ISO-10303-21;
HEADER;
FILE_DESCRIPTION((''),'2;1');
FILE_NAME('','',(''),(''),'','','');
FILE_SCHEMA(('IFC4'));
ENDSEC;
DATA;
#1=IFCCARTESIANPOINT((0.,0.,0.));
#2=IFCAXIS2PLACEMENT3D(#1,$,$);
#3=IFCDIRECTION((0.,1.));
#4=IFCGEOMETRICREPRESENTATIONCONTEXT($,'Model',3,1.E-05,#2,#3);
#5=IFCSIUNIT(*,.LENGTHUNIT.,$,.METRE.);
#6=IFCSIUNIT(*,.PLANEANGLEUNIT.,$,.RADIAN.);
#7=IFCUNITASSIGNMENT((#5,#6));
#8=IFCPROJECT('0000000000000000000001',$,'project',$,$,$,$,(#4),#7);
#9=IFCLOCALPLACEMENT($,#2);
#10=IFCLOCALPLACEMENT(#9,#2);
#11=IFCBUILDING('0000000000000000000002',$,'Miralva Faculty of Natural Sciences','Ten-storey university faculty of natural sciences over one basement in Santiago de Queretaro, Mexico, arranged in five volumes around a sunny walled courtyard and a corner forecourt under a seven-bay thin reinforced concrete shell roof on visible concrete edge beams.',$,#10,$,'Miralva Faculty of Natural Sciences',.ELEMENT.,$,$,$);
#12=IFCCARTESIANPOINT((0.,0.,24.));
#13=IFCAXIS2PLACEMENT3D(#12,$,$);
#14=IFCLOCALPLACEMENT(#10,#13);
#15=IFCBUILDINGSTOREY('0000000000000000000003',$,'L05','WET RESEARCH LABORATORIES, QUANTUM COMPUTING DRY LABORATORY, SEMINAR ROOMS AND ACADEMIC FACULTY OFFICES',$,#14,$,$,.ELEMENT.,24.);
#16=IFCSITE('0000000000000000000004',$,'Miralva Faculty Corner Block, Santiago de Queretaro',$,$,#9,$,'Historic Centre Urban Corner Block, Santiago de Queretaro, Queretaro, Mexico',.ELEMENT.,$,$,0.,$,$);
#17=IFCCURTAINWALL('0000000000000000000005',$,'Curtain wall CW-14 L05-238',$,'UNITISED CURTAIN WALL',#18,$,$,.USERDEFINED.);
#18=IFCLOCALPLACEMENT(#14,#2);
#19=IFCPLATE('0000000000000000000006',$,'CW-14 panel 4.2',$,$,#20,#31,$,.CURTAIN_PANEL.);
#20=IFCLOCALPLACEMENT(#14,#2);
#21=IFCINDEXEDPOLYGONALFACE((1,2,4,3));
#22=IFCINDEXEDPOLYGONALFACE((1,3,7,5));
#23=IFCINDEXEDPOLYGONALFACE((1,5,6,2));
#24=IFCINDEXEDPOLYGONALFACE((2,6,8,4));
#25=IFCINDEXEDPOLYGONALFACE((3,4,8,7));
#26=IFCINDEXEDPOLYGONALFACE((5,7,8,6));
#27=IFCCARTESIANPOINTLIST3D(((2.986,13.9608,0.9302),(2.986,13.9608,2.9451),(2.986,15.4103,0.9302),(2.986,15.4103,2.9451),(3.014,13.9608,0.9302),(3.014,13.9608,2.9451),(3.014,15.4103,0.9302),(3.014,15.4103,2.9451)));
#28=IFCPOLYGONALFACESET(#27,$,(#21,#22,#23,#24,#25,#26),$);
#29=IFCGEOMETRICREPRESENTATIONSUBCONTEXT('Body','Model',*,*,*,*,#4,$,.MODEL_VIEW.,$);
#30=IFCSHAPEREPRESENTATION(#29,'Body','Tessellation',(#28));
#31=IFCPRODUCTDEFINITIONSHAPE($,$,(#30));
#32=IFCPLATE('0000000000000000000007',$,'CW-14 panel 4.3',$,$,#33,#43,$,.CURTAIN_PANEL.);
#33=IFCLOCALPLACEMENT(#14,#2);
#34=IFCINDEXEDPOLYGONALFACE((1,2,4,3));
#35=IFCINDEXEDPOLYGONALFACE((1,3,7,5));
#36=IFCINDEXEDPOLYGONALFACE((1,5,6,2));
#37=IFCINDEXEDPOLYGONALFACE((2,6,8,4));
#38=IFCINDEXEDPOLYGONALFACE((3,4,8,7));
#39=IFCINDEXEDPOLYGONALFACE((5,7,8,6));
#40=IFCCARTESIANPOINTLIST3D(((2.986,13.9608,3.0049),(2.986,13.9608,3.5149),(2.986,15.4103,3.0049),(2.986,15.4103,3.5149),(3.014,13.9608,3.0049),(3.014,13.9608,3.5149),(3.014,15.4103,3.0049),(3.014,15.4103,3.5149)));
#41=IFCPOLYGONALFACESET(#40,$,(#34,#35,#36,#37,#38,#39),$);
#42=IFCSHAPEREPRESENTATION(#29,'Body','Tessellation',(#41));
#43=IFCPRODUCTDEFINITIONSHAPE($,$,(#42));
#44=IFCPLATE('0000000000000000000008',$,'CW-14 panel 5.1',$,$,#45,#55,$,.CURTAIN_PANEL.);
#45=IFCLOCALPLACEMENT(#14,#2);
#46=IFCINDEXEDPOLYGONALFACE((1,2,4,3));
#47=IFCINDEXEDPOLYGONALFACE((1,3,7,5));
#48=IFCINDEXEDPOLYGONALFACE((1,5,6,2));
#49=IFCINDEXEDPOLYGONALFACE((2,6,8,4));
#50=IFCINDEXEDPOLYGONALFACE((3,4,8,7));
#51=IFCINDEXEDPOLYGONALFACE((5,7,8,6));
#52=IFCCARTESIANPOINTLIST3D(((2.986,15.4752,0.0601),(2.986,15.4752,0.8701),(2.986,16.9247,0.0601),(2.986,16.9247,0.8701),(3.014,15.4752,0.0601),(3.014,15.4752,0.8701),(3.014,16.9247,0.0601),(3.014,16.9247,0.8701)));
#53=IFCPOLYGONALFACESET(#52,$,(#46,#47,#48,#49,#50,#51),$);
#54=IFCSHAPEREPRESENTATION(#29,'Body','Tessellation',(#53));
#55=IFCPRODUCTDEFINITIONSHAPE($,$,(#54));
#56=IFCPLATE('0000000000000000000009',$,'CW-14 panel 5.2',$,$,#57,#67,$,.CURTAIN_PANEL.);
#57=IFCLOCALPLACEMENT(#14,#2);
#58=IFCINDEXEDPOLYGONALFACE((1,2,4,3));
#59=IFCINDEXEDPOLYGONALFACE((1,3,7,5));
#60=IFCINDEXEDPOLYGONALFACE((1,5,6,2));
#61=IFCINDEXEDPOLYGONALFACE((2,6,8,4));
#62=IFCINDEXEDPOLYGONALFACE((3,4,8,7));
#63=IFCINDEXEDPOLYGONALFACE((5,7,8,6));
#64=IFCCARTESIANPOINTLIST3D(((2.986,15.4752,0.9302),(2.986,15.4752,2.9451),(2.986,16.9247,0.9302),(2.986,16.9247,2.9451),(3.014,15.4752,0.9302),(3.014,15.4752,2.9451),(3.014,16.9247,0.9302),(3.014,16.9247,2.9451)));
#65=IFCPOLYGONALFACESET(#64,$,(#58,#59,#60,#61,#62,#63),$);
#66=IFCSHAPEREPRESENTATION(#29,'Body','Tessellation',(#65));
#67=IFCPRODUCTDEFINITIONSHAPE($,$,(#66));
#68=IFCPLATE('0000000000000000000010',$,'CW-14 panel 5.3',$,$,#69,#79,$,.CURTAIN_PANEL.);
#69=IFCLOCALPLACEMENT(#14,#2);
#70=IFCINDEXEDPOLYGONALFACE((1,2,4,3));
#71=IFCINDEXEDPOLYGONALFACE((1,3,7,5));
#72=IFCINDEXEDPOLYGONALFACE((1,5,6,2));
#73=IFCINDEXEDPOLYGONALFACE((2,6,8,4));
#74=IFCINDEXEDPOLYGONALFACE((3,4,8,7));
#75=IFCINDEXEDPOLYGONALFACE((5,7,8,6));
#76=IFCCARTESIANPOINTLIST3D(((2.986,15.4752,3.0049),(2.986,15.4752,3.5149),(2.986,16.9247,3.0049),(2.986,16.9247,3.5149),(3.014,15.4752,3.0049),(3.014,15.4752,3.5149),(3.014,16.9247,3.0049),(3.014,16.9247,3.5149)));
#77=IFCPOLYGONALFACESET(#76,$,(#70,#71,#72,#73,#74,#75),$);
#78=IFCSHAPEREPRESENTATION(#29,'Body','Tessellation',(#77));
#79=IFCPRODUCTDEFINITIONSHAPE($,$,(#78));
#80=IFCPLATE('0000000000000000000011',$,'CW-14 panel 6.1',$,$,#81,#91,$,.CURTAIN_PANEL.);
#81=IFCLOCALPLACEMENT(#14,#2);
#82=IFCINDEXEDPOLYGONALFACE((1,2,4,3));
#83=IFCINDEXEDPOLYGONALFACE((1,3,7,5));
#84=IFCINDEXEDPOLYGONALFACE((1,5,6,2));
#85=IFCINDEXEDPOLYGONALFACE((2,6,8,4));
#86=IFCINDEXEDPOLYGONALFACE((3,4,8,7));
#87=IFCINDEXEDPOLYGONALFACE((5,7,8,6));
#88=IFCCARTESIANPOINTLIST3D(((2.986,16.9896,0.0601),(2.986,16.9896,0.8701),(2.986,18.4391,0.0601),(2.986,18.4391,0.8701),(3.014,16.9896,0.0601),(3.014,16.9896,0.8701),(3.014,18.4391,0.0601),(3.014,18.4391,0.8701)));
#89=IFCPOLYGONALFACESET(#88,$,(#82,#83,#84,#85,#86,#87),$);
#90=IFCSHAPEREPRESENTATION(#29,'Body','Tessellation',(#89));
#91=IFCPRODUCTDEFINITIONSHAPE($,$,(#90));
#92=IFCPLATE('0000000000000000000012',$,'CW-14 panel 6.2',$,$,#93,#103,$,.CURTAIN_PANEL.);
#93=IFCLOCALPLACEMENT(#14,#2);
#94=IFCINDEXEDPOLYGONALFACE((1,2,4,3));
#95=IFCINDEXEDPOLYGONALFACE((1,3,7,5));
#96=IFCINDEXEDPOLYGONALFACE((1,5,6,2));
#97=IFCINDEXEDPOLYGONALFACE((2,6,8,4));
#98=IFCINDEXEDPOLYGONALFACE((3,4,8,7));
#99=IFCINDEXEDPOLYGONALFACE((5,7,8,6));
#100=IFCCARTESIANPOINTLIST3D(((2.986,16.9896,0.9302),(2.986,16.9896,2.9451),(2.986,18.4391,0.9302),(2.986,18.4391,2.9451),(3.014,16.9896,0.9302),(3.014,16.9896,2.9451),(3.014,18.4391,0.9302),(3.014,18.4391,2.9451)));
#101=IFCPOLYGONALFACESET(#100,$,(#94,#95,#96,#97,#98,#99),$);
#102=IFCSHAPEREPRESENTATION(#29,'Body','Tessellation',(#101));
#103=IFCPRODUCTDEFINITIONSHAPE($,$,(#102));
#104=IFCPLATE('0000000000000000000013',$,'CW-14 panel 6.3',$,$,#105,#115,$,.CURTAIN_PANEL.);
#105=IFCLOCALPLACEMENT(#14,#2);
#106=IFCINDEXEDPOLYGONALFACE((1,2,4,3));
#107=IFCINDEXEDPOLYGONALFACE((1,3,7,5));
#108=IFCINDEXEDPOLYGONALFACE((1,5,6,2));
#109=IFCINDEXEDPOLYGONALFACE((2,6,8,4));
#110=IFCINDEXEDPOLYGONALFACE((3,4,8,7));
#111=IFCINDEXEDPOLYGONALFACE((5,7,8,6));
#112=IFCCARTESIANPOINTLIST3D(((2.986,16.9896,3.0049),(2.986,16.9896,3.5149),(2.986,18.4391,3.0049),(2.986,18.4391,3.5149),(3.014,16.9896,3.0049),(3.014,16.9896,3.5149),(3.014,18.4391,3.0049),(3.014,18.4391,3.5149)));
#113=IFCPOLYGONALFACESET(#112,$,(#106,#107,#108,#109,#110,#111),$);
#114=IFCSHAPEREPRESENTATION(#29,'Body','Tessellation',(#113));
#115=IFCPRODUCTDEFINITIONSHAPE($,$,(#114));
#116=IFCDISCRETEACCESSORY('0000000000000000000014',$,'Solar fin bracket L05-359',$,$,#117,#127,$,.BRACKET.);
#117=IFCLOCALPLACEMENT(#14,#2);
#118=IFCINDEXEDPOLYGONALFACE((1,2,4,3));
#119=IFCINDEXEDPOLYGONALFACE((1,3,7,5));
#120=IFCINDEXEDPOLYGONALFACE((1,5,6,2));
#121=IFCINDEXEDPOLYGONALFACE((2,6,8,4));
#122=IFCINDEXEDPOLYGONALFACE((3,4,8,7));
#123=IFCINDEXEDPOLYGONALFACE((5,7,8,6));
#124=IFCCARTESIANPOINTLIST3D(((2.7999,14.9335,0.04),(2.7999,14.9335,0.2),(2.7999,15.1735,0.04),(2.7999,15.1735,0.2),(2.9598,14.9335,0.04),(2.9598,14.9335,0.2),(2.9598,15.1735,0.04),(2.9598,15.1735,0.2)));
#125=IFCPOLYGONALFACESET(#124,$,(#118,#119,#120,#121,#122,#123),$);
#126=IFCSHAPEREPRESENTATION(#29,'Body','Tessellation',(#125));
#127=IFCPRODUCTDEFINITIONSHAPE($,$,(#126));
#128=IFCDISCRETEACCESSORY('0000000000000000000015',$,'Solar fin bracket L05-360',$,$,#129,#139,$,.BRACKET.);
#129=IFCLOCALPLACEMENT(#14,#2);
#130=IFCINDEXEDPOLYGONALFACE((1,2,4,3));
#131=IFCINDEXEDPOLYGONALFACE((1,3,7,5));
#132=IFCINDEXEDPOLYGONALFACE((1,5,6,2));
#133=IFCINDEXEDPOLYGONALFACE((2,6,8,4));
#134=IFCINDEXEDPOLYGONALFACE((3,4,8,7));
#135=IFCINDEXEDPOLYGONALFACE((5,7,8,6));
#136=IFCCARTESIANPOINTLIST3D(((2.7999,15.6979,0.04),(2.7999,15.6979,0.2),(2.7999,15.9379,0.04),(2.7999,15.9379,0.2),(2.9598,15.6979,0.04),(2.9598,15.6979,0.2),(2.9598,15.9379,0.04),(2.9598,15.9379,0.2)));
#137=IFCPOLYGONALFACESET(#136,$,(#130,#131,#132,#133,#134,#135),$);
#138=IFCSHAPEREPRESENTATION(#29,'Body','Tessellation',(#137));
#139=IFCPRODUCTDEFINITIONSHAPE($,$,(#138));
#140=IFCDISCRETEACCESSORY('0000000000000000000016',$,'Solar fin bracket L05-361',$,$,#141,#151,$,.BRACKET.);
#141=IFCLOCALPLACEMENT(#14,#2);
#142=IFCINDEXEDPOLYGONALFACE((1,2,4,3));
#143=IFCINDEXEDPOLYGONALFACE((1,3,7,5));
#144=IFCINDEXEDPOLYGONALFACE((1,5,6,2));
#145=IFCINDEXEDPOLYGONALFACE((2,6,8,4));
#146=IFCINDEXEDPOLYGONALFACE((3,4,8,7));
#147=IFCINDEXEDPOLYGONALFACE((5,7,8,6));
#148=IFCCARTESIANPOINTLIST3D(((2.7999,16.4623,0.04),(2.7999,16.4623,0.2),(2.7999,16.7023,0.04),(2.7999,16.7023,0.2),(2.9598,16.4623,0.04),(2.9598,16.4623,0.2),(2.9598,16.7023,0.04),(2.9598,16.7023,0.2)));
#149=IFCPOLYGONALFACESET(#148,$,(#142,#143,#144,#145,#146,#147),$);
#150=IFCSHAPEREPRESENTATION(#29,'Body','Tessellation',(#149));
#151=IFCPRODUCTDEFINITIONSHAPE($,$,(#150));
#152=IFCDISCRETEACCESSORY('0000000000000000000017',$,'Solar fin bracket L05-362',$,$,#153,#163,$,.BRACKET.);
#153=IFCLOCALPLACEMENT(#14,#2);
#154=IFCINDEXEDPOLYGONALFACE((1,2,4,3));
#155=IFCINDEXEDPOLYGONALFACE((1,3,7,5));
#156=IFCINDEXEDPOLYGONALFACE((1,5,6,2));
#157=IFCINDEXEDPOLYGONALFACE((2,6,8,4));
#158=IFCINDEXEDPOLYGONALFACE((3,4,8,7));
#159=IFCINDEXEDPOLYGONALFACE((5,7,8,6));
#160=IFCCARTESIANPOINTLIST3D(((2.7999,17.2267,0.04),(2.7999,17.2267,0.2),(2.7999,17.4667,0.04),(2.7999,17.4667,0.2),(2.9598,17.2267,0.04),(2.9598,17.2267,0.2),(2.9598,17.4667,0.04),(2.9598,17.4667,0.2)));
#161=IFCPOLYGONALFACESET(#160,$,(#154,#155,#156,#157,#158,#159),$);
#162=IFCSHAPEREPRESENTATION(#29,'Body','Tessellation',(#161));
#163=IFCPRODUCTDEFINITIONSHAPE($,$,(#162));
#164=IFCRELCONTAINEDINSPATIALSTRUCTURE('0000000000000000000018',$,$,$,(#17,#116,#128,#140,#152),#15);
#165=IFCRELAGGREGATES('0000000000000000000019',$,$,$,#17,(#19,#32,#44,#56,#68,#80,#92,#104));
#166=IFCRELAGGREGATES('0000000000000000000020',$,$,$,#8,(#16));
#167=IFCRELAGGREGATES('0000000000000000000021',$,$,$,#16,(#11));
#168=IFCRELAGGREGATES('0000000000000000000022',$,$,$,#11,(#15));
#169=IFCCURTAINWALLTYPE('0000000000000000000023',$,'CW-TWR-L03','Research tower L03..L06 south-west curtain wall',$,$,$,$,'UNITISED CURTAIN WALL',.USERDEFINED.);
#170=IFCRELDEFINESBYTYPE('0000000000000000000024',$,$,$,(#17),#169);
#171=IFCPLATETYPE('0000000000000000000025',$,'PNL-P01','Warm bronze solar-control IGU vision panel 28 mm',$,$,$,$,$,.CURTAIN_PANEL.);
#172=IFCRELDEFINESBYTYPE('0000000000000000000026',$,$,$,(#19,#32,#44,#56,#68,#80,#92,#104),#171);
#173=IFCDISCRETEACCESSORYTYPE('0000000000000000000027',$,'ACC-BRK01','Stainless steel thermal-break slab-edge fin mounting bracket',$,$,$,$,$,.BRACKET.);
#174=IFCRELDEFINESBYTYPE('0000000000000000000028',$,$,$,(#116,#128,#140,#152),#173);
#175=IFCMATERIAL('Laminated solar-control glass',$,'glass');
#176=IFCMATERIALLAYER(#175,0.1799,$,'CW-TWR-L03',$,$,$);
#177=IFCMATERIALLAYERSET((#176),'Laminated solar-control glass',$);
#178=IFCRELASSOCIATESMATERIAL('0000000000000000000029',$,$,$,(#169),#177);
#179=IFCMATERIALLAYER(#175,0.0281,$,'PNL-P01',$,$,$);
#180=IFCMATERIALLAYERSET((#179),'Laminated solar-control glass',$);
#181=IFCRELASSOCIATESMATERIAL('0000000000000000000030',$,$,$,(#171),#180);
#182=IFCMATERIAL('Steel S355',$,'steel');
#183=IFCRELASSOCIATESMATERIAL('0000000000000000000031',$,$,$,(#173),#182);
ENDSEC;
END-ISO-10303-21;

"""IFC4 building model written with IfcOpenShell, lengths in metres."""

from ifc_helpers import new_model, si_unit, direction, frame, origin, origin_2d, place, context, subcontext, project, spatial, rectangle, extrude, material, layer, layer_set, type_object, element, aggregate, save


model = new_model("IFC4")

# Units and contexts
model_context = context("Model", 3, precision=1e-05, world=origin(), true_north=direction((0.0, 1.0)))
body_context = subcontext(model_context, "Body", "Model", "MODEL_VIEW")
ifc_project = project(units=[si_unit("LENGTHUNIT", "METRE"), si_unit("PLANEANGLEUNIT", "RADIAN")], contexts=[model_context])

# Site, building, storey
site_placement = place(None, origin())
site = spatial("IfcSite", under=ifc_project, at=site_placement, Name="Miralva Faculty Corner Block, Santiago de Queretaro", LongName="Historic Centre Urban Corner Block, Santiago de Queretaro, Queretaro, Mexico", CompositionType="ELEMENT", RefElevation=0.0)
building_placement = place(site_placement, origin())
building = spatial("IfcBuilding", under=site, at=building_placement, Name="Miralva Faculty of Natural Sciences", Description="Ten-storey university faculty of natural sciences over one basement in Santiago de Queretaro, Mexico, arranged in five volumes around a sunny walled courtyard and a corner forecourt under a seven-bay thin reinforced concrete shell roof on visible concrete edge beams.", LongName="Miralva Faculty of Natural Sciences", CompositionType="ELEMENT")
storey_placement = place(building_placement, frame((0.0, 0.0, 24.0)))
storey = spatial("IfcBuildingStorey", under=building, at=storey_placement, Name="L05", Description="WET RESEARCH LABORATORIES, QUANTUM COMPUTING DRY LABORATORY, SEMINAR ROOMS AND ACADEMIC FACULTY OFFICES", CompositionType="ELEMENT", Elevation=24.0)

# Curtain wall
ifc_material_1 = material(Name="Laminated solar-control glass", Category="glass")
ifc_layer_1 = layer(ifc_material_1, 0.1799, Name="CW-TWR-L03")
ifc_layer_set_1 = layer_set([ifc_layer_1], Name="Laminated solar-control glass")
curtain_wall_type = type_object("IfcCurtainWallType", Name="CW-TWR-L03", Description="Research tower L03..L06 south-west curtain wall", ElementType="UNITISED CURTAIN WALL", PredefinedType="USERDEFINED", material=ifc_layer_set_1)
curtain_wall_placement = place(storey_placement, origin())
curtain_wall = element("IfcCurtainWall", 1, at=curtain_wall_placement, inside=storey, type_object=curtain_wall_type, Name="Curtain wall CW-14 L05-238", ObjectType="UNITISED CURTAIN WALL", PredefinedType="USERDEFINED")

# Plates
ifc_layer_2 = layer(ifc_material_1, 0.0281, Name="PNL-P01")
ifc_layer_set_2 = layer_set([ifc_layer_2], Name="Laminated solar-control glass")
plate_type = type_object("IfcPlateType", Name="PNL-P01", Description="Warm bronze solar-control IGU vision panel 28 mm", PredefinedType="CURTAIN_PANEL", material=ifc_layer_set_2)
plate_1_placement = place(storey_placement, frame((3.0, 14.6855, 0.9302), z_axis=(0.0, 0.0, 1.0), x_axis=(0.0, 1.0, 0.0)))
plate_1 = element("IfcPlate", 2, at=plate_1_placement, type_object=plate_type, Name="CW-14 panel 4.2", PredefinedType="CURTAIN_PANEL", context=body_context, shape_type="SweptSolid", body=[
    extrude(rectangle(XDim=1.4495, YDim=0.0281, at=origin_2d()), origin(), (0.0, 0.0, 1.0), 2.0149),
])
plate_2_placement = place(storey_placement, frame((3.0, 14.6855, 3.0049), z_axis=(0.0, 0.0, 1.0), x_axis=(0.0, 1.0, 0.0)))
plate_2 = element("IfcPlate", 3, at=plate_2_placement, type_object=plate_type, Name="CW-14 panel 4.3", PredefinedType="CURTAIN_PANEL", context=body_context, shape_type="SweptSolid", body=[
    extrude(rectangle(XDim=1.4495, YDim=0.0281, at=origin_2d()), origin(), (0.0, 0.0, 1.0), 0.51),
])
plate_3_placement = place(storey_placement, frame((3.0, 16.2, 0.0601), z_axis=(0.0, 0.0, 1.0), x_axis=(0.0, 1.0, 0.0)))
plate_3 = element("IfcPlate", 4, at=plate_3_placement, type_object=plate_type, Name="CW-14 panel 5.1", PredefinedType="CURTAIN_PANEL", context=body_context, shape_type="SweptSolid", body=[
    extrude(rectangle(XDim=1.4495, YDim=0.0281, at=origin_2d()), origin(), (0.0, 0.0, 1.0), 0.8101),
])
plate_4_placement = place(storey_placement, frame((3.0, 16.2, 0.9302), z_axis=(0.0, 0.0, 1.0), x_axis=(0.0, 1.0, 0.0)))
plate_4 = element("IfcPlate", 5, at=plate_4_placement, type_object=plate_type, Name="CW-14 panel 5.2", PredefinedType="CURTAIN_PANEL", context=body_context, shape_type="SweptSolid", body=[
    extrude(rectangle(XDim=1.4495, YDim=0.0281, at=origin_2d()), origin(), (0.0, 0.0, 1.0), 2.0149),
])
plate_5_placement = place(storey_placement, frame((3.0, 16.2, 3.0049), z_axis=(0.0, 0.0, 1.0), x_axis=(0.0, 1.0, 0.0)))
plate_5 = element("IfcPlate", 6, at=plate_5_placement, type_object=plate_type, Name="CW-14 panel 5.3", PredefinedType="CURTAIN_PANEL", context=body_context, shape_type="SweptSolid", body=[
    extrude(rectangle(XDim=1.4495, YDim=0.0281, at=origin_2d()), origin(), (0.0, 0.0, 1.0), 0.51),
])
plate_6_placement = place(storey_placement, frame((3.0, 17.7144, 0.0601), z_axis=(0.0, 0.0, 1.0), x_axis=(0.0, 1.0, 0.0)))
plate_6 = element("IfcPlate", 7, at=plate_6_placement, type_object=plate_type, Name="CW-14 panel 6.1", PredefinedType="CURTAIN_PANEL", context=body_context, shape_type="SweptSolid", body=[
    extrude(rectangle(XDim=1.4495, YDim=0.0281, at=origin_2d()), origin(), (0.0, 0.0, 1.0), 0.8101),
])
plate_7_placement = place(storey_placement, frame((3.0, 17.7144, 0.9302), z_axis=(0.0, 0.0, 1.0), x_axis=(0.0, 1.0, 0.0)))
plate_7 = element("IfcPlate", 8, at=plate_7_placement, type_object=plate_type, Name="CW-14 panel 6.2", PredefinedType="CURTAIN_PANEL", context=body_context, shape_type="SweptSolid", body=[
    extrude(rectangle(XDim=1.4495, YDim=0.0281, at=origin_2d()), origin(), (0.0, 0.0, 1.0), 2.0149),
])
plate_8_placement = place(storey_placement, frame((3.0, 17.7144, 3.0049), z_axis=(0.0, 0.0, 1.0), x_axis=(0.0, 1.0, 0.0)))
plate_8 = element("IfcPlate", 9, at=plate_8_placement, type_object=plate_type, Name="CW-14 panel 6.3", PredefinedType="CURTAIN_PANEL", context=body_context, shape_type="SweptSolid", body=[
    extrude(rectangle(XDim=1.4495, YDim=0.0281, at=origin_2d()), origin(), (0.0, 0.0, 1.0), 0.51),
])
aggregate(curtain_wall, [plate_1, plate_2, plate_3, plate_4, plate_5, plate_6, plate_7, plate_8])

# Discrete accessories
ifc_material_2 = material(Name="Steel S355", Category="steel")
discrete_accessory_type = type_object("IfcDiscreteAccessoryType", Name="ACC-BRK01", Description="Stainless steel thermal-break slab-edge fin mounting bracket", PredefinedType="BRACKET", material=ifc_material_2)
for number, where, z_axis, x_axis, name in (
    (10, (2.8799, 15.0535, 0.04), (0.0, 0.0, 1.0), (-1.0, 0.0, 0.0), "Solar fin bracket L05-359"),
    (11, (2.8799, 15.8179, 0.04), (0.0, 0.0, 1.0), (-1.0, 0.0, 0.0), "Solar fin bracket L05-360"),
    (12, (2.8799, 16.5823, 0.04), (0.0, 0.0, 1.0), (-1.0, 0.0, 0.0), "Solar fin bracket L05-361"),
    (13, (2.8799, 17.3467, 0.04), (0.0, 0.0, 1.0), (-1.0, 0.0, 0.0), "Solar fin bracket L05-362"),
):
    element("IfcDiscreteAccessory", number, at=place(storey_placement, frame(where, z_axis=z_axis, x_axis=x_axis)), inside=storey, type_object=discrete_accessory_type, Name=name, PredefinedType="BRACKET", context=body_context, shape_type="SweptSolid", body=[
        extrude(rectangle(XDim=0.1599, YDim=0.24, at=origin_2d()), origin(), (0.0, 0.0, 1.0), 0.1599),
    ])

save(model, "model.ifc")
